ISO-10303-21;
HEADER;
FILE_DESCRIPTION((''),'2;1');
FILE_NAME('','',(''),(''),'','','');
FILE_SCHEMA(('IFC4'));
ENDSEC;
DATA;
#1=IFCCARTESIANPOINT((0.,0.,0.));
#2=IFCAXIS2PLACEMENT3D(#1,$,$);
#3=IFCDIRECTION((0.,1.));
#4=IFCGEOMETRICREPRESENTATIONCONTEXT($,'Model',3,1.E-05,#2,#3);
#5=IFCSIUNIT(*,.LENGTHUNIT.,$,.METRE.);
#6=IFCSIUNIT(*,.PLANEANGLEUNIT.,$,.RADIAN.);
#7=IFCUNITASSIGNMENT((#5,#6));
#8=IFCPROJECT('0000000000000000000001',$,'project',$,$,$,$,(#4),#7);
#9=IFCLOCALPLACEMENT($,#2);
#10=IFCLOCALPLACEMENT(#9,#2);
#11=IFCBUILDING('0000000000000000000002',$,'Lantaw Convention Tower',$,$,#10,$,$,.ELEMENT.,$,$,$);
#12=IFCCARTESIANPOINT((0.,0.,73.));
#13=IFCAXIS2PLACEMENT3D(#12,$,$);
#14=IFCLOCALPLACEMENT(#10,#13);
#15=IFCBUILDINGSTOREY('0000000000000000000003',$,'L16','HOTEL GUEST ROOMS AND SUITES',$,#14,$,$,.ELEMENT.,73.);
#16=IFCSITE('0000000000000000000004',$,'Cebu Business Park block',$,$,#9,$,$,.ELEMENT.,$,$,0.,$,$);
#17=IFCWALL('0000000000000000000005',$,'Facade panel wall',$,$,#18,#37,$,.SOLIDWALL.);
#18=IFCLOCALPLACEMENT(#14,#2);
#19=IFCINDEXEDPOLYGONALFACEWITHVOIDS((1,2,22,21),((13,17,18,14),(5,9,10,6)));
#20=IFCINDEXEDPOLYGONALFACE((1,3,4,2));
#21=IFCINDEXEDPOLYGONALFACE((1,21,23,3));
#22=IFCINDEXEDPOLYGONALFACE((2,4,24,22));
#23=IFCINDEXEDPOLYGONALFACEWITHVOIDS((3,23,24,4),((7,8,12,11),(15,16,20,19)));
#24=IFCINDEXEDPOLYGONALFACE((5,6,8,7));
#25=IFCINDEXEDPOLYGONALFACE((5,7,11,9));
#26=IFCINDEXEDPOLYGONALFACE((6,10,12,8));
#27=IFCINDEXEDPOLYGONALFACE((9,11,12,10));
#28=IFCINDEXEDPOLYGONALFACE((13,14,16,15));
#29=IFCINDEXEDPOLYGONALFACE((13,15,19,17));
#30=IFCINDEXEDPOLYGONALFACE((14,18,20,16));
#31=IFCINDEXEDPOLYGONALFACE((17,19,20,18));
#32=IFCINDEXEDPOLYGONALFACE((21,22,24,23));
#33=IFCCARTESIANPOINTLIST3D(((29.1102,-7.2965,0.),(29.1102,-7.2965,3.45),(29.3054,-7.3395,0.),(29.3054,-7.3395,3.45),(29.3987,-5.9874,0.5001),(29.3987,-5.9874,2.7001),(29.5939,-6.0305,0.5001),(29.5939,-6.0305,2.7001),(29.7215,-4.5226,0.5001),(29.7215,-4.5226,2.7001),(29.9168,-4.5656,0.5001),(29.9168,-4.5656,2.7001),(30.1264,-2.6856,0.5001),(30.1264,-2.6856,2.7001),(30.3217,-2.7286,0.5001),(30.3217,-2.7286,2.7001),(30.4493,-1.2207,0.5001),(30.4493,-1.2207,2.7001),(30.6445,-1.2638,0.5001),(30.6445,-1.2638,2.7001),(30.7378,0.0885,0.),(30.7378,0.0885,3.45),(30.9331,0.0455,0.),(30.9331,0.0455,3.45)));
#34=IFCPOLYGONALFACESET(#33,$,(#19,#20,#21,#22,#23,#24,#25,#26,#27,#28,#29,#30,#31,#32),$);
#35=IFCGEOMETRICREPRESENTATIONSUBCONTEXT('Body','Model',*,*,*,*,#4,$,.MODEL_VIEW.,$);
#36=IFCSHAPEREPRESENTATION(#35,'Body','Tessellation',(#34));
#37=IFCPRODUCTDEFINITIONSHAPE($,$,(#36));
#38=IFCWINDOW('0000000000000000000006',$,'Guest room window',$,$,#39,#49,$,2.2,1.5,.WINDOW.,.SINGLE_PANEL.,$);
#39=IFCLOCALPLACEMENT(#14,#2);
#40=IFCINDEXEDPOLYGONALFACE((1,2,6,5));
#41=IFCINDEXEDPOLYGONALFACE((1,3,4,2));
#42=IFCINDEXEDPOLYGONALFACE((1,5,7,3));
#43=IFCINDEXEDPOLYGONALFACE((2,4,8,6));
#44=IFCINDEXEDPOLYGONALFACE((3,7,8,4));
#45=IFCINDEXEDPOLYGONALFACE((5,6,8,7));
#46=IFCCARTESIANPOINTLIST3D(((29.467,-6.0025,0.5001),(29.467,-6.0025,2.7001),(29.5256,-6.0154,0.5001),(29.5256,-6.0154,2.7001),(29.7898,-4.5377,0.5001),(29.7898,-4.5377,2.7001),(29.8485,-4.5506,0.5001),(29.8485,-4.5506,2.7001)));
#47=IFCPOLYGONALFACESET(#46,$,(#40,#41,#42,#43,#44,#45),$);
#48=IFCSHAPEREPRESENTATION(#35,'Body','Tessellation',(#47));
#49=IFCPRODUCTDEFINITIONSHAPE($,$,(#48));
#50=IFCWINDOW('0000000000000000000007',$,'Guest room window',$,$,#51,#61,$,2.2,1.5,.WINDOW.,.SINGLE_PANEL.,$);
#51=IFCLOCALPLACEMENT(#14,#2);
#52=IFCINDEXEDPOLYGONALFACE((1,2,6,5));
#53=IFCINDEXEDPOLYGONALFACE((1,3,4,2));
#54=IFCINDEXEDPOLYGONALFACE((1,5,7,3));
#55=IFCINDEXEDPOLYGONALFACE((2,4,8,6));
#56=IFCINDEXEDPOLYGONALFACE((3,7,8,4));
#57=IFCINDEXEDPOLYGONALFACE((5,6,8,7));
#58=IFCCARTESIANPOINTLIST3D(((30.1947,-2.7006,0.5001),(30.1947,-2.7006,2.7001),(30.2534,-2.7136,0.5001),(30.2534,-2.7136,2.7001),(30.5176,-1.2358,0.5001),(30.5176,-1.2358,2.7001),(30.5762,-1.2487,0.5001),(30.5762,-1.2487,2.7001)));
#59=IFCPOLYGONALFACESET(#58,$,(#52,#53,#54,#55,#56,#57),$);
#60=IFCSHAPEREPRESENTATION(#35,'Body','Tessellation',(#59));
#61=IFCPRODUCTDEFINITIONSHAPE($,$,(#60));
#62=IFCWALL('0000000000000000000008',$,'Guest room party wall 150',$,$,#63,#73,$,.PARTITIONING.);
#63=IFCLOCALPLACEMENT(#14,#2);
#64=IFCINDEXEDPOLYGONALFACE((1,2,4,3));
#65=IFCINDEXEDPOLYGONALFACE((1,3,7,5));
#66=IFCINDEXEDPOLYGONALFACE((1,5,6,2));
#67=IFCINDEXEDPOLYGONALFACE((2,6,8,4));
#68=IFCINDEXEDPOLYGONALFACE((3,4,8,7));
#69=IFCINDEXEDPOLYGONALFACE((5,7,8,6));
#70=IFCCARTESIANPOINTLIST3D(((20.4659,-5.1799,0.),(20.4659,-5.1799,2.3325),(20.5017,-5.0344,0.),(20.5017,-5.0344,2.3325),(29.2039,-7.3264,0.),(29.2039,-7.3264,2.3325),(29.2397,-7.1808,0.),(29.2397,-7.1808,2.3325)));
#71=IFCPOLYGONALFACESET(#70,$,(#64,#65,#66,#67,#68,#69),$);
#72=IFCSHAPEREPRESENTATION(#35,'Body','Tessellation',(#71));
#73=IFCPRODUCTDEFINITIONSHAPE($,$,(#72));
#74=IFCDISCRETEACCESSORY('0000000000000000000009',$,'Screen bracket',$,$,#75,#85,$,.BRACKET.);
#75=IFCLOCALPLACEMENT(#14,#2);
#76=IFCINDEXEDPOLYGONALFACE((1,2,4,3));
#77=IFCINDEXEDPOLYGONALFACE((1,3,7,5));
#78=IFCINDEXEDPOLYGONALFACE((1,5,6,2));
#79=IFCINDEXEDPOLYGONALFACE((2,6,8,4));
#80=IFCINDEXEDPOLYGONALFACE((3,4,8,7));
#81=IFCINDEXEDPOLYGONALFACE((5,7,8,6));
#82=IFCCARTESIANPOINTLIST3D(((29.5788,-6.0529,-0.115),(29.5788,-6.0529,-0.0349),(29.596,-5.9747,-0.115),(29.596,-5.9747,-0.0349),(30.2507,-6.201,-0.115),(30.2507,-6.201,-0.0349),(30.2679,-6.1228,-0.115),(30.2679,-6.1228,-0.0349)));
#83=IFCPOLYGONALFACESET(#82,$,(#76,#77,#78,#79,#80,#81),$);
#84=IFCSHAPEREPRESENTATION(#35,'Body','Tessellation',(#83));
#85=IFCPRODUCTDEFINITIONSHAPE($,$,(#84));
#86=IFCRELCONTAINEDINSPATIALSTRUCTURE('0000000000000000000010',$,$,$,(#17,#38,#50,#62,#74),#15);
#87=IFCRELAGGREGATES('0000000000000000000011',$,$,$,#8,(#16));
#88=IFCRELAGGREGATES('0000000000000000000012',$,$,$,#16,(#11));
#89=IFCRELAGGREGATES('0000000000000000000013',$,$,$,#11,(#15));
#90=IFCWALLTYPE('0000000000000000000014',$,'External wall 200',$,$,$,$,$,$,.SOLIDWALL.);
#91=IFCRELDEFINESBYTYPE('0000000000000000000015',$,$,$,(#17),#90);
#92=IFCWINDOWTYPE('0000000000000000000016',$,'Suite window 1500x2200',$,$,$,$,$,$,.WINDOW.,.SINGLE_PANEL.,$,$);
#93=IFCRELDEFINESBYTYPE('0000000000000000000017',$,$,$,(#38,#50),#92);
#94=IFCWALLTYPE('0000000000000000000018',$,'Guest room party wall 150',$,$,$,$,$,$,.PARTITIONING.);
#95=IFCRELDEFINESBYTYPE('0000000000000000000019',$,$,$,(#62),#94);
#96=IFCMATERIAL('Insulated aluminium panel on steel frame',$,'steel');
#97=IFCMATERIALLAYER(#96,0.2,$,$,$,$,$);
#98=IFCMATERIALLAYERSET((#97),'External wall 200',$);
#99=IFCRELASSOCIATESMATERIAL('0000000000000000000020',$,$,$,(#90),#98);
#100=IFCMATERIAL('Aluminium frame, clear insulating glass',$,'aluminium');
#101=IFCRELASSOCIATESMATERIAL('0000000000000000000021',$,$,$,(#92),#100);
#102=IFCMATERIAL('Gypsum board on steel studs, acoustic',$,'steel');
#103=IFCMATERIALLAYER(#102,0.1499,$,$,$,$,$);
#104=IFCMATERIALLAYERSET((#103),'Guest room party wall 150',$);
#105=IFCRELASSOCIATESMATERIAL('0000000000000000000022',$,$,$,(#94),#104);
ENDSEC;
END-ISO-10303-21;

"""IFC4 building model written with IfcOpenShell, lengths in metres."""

from ifc_helpers import new_model, si_unit, direction, frame, frame_2d, origin, origin_2d, place, context, subcontext, project, spatial, rectangle, extrude, material, layer, layer_set, type_object, element, fill, save


model = new_model("IFC4")

# Units and contexts
model_context = context("Model", 3, precision=1e-05, world=origin(), true_north=direction((0.0, 1.0)))
body_context = subcontext(model_context, "Body", "Model", "MODEL_VIEW")
ifc_project = project(units=[si_unit("LENGTHUNIT", "METRE"), si_unit("PLANEANGLEUNIT", "RADIAN")], contexts=[model_context])

# Site, building, storey
site_placement = place(None, origin())
site = spatial("IfcSite", under=ifc_project, at=site_placement, Name="Cebu Business Park block", CompositionType="ELEMENT", RefElevation=0.0)
building_placement = place(site_placement, origin())
building = spatial("IfcBuilding", under=site, at=building_placement, Name="Lantaw Convention Tower", CompositionType="ELEMENT")
storey_placement = place(building_placement, frame((0.0, 0.0, 73.0)))
storey = spatial("IfcBuildingStorey", under=building, at=storey_placement, Name="L16", Description="HOTEL GUEST ROOMS AND SUITES", CompositionType="ELEMENT", Elevation=73.0)

# Wall, openings, windows
ifc_material_1 = material(Name="Insulated aluminium panel on steel frame", Category="steel")
ifc_layer_1 = layer(ifc_material_1, 0.2)
ifc_layer_set_1 = layer_set([ifc_layer_1], Name="External wall 200")
wall_type_1 = type_object("IfcWallType", Name="External wall 200", PredefinedType="SOLIDWALL", material=ifc_layer_set_1)
ifc_material_2 = material(Name="Aluminium frame, clear insulating glass", Category="aluminium")
window_type = type_object("IfcWindowType", Name="Suite window 1500x2200", PartitioningType="SINGLE_PANEL", PredefinedType="WINDOW", material=ifc_material_2)
wall_1_placement = place(storey_placement, frame((29.2078, -7.3181, 0.0), z_axis=(0.0, 0.0, 1.0), x_axis=(0.215238, 0.976562, 0.0)))
wall_1 = element("IfcWall", 1, at=wall_1_placement, inside=storey, type_object=wall_type_1, Name="Facade panel wall", PredefinedType="SOLIDWALL", context=body_context, shape_type="SweptSolid", body=[
    extrude(rectangle(XDim=7.5623, YDim=0.2, at=frame_2d((3.7812, 0.0))), origin(), (0.0, 0.0, 1.0), 3.45),
])
opening_1_placement = place(wall_1_placement, frame((1.3406, 0.0, 0.5)))
opening_1 = element("IfcOpeningElement", 2, at=opening_1_placement, cuts=wall_1, PredefinedType="OPENING", context=body_context, shape_type="SweptSolid", body=[
    extrude(rectangle(XDim=1.5, YDim=2.2, at=frame_2d((0.75, 1.1001))), frame((0.0, 0.1099, 0.0), z_axis=(0.0, -1.0, 0.0), x_axis=(1.0, 0.0, 0.0)), (0.0, 0.0, 1.0), 0.22),
])
opening_2_placement = place(wall_1_placement, frame((4.7217, 0.0, 0.5)))
opening_2 = element("IfcOpeningElement", 3, at=opening_2_placement, cuts=wall_1, PredefinedType="OPENING", context=body_context, shape_type="SweptSolid", body=[
    extrude(rectangle(XDim=1.5, YDim=2.2, at=frame_2d((0.75, 1.1001))), frame((0.0, 0.1099, 0.0), z_axis=(0.0, -1.0, 0.0), x_axis=(1.0, 0.0, 0.0)), (0.0, 0.0, 1.0), 0.22),
])
window_1_placement = place(opening_1_placement, origin())
window_1 = element("IfcWindow", 4, at=window_1_placement, inside=storey, type_object=window_type, Name="Guest room window", OverallHeight=2.2, OverallWidth=1.5, PartitioningType="SINGLE_PANEL", PredefinedType="WINDOW", context=body_context, shape_type="SweptSolid", body=[
    extrude(rectangle(XDim=1.5, YDim=2.2, at=frame_2d((0.75, 1.1001))), frame((0.0, 0.03, 0.0), z_axis=(0.0, -1.0, 0.0), x_axis=(1.0, 0.0, 0.0)), (0.0, 0.0, 1.0), 0.0601),
])
fill(opening_1, window_1)
window_2_placement = place(opening_2_placement, origin())
window_2 = element("IfcWindow", 5, at=window_2_placement, inside=storey, type_object=window_type, Name="Guest room window", OverallHeight=2.2, OverallWidth=1.5, PartitioningType="SINGLE_PANEL", PredefinedType="WINDOW", context=body_context, shape_type="SweptSolid", body=[
    extrude(rectangle(XDim=1.5, YDim=2.2, at=frame_2d((0.75, 1.1001))), frame((0.0, 0.03, 0.0), z_axis=(0.0, -1.0, 0.0), x_axis=(1.0, 0.0, 0.0)), (0.0, 0.0, 1.0), 0.0601),
])
fill(opening_2, window_2)

# Wall
ifc_material_3 = material(Name="Gypsum board on steel studs, acoustic", Category="steel")
ifc_layer_2 = layer(ifc_material_3, 0.1499)
ifc_layer_set_2 = layer_set([ifc_layer_2], Name="Guest room party wall 150")
wall_type_2 = type_object("IfcWallType", Name="Guest room party wall 150", PredefinedType="PARTITIONING", material=ifc_layer_set_2)
wall_2_placement = place(storey_placement, frame((29.2219, -7.2537, 0.0), z_axis=(0.0, 0.0, 1.0), x_axis=(-0.971129, 0.238556, 0.0)))
element("IfcWall", 6, at=wall_2_placement, inside=storey, type_object=wall_type_2, Name="Guest room party wall 150", PredefinedType="PARTITIONING", context=body_context, shape_type="SweptSolid", body=[
    extrude(rectangle(XDim=8.9978, YDim=0.1499, at=frame_2d((4.499, 0.0))), origin(), (0.0, 0.0, 1.0), 2.3325),
])

# Discrete accessory
discrete_accessory_placement = place(storey_placement, frame((29.9233, -6.0879, -0.115), z_axis=(0.0, 0.0, 1.0), x_axis=(0.215246, 0.97656, 0.0)))
element("IfcDiscreteAccessory", 7, at=discrete_accessory_placement, inside=storey, Name="Screen bracket", PredefinedType="BRACKET", context=body_context, shape_type="SweptSolid", body=[
    extrude(rectangle(XDim=0.0801, YDim=0.688, at=origin_2d()), origin(), (0.0, 0.0, 1.0), 0.0801),
])

save(model, "model.ifc")
